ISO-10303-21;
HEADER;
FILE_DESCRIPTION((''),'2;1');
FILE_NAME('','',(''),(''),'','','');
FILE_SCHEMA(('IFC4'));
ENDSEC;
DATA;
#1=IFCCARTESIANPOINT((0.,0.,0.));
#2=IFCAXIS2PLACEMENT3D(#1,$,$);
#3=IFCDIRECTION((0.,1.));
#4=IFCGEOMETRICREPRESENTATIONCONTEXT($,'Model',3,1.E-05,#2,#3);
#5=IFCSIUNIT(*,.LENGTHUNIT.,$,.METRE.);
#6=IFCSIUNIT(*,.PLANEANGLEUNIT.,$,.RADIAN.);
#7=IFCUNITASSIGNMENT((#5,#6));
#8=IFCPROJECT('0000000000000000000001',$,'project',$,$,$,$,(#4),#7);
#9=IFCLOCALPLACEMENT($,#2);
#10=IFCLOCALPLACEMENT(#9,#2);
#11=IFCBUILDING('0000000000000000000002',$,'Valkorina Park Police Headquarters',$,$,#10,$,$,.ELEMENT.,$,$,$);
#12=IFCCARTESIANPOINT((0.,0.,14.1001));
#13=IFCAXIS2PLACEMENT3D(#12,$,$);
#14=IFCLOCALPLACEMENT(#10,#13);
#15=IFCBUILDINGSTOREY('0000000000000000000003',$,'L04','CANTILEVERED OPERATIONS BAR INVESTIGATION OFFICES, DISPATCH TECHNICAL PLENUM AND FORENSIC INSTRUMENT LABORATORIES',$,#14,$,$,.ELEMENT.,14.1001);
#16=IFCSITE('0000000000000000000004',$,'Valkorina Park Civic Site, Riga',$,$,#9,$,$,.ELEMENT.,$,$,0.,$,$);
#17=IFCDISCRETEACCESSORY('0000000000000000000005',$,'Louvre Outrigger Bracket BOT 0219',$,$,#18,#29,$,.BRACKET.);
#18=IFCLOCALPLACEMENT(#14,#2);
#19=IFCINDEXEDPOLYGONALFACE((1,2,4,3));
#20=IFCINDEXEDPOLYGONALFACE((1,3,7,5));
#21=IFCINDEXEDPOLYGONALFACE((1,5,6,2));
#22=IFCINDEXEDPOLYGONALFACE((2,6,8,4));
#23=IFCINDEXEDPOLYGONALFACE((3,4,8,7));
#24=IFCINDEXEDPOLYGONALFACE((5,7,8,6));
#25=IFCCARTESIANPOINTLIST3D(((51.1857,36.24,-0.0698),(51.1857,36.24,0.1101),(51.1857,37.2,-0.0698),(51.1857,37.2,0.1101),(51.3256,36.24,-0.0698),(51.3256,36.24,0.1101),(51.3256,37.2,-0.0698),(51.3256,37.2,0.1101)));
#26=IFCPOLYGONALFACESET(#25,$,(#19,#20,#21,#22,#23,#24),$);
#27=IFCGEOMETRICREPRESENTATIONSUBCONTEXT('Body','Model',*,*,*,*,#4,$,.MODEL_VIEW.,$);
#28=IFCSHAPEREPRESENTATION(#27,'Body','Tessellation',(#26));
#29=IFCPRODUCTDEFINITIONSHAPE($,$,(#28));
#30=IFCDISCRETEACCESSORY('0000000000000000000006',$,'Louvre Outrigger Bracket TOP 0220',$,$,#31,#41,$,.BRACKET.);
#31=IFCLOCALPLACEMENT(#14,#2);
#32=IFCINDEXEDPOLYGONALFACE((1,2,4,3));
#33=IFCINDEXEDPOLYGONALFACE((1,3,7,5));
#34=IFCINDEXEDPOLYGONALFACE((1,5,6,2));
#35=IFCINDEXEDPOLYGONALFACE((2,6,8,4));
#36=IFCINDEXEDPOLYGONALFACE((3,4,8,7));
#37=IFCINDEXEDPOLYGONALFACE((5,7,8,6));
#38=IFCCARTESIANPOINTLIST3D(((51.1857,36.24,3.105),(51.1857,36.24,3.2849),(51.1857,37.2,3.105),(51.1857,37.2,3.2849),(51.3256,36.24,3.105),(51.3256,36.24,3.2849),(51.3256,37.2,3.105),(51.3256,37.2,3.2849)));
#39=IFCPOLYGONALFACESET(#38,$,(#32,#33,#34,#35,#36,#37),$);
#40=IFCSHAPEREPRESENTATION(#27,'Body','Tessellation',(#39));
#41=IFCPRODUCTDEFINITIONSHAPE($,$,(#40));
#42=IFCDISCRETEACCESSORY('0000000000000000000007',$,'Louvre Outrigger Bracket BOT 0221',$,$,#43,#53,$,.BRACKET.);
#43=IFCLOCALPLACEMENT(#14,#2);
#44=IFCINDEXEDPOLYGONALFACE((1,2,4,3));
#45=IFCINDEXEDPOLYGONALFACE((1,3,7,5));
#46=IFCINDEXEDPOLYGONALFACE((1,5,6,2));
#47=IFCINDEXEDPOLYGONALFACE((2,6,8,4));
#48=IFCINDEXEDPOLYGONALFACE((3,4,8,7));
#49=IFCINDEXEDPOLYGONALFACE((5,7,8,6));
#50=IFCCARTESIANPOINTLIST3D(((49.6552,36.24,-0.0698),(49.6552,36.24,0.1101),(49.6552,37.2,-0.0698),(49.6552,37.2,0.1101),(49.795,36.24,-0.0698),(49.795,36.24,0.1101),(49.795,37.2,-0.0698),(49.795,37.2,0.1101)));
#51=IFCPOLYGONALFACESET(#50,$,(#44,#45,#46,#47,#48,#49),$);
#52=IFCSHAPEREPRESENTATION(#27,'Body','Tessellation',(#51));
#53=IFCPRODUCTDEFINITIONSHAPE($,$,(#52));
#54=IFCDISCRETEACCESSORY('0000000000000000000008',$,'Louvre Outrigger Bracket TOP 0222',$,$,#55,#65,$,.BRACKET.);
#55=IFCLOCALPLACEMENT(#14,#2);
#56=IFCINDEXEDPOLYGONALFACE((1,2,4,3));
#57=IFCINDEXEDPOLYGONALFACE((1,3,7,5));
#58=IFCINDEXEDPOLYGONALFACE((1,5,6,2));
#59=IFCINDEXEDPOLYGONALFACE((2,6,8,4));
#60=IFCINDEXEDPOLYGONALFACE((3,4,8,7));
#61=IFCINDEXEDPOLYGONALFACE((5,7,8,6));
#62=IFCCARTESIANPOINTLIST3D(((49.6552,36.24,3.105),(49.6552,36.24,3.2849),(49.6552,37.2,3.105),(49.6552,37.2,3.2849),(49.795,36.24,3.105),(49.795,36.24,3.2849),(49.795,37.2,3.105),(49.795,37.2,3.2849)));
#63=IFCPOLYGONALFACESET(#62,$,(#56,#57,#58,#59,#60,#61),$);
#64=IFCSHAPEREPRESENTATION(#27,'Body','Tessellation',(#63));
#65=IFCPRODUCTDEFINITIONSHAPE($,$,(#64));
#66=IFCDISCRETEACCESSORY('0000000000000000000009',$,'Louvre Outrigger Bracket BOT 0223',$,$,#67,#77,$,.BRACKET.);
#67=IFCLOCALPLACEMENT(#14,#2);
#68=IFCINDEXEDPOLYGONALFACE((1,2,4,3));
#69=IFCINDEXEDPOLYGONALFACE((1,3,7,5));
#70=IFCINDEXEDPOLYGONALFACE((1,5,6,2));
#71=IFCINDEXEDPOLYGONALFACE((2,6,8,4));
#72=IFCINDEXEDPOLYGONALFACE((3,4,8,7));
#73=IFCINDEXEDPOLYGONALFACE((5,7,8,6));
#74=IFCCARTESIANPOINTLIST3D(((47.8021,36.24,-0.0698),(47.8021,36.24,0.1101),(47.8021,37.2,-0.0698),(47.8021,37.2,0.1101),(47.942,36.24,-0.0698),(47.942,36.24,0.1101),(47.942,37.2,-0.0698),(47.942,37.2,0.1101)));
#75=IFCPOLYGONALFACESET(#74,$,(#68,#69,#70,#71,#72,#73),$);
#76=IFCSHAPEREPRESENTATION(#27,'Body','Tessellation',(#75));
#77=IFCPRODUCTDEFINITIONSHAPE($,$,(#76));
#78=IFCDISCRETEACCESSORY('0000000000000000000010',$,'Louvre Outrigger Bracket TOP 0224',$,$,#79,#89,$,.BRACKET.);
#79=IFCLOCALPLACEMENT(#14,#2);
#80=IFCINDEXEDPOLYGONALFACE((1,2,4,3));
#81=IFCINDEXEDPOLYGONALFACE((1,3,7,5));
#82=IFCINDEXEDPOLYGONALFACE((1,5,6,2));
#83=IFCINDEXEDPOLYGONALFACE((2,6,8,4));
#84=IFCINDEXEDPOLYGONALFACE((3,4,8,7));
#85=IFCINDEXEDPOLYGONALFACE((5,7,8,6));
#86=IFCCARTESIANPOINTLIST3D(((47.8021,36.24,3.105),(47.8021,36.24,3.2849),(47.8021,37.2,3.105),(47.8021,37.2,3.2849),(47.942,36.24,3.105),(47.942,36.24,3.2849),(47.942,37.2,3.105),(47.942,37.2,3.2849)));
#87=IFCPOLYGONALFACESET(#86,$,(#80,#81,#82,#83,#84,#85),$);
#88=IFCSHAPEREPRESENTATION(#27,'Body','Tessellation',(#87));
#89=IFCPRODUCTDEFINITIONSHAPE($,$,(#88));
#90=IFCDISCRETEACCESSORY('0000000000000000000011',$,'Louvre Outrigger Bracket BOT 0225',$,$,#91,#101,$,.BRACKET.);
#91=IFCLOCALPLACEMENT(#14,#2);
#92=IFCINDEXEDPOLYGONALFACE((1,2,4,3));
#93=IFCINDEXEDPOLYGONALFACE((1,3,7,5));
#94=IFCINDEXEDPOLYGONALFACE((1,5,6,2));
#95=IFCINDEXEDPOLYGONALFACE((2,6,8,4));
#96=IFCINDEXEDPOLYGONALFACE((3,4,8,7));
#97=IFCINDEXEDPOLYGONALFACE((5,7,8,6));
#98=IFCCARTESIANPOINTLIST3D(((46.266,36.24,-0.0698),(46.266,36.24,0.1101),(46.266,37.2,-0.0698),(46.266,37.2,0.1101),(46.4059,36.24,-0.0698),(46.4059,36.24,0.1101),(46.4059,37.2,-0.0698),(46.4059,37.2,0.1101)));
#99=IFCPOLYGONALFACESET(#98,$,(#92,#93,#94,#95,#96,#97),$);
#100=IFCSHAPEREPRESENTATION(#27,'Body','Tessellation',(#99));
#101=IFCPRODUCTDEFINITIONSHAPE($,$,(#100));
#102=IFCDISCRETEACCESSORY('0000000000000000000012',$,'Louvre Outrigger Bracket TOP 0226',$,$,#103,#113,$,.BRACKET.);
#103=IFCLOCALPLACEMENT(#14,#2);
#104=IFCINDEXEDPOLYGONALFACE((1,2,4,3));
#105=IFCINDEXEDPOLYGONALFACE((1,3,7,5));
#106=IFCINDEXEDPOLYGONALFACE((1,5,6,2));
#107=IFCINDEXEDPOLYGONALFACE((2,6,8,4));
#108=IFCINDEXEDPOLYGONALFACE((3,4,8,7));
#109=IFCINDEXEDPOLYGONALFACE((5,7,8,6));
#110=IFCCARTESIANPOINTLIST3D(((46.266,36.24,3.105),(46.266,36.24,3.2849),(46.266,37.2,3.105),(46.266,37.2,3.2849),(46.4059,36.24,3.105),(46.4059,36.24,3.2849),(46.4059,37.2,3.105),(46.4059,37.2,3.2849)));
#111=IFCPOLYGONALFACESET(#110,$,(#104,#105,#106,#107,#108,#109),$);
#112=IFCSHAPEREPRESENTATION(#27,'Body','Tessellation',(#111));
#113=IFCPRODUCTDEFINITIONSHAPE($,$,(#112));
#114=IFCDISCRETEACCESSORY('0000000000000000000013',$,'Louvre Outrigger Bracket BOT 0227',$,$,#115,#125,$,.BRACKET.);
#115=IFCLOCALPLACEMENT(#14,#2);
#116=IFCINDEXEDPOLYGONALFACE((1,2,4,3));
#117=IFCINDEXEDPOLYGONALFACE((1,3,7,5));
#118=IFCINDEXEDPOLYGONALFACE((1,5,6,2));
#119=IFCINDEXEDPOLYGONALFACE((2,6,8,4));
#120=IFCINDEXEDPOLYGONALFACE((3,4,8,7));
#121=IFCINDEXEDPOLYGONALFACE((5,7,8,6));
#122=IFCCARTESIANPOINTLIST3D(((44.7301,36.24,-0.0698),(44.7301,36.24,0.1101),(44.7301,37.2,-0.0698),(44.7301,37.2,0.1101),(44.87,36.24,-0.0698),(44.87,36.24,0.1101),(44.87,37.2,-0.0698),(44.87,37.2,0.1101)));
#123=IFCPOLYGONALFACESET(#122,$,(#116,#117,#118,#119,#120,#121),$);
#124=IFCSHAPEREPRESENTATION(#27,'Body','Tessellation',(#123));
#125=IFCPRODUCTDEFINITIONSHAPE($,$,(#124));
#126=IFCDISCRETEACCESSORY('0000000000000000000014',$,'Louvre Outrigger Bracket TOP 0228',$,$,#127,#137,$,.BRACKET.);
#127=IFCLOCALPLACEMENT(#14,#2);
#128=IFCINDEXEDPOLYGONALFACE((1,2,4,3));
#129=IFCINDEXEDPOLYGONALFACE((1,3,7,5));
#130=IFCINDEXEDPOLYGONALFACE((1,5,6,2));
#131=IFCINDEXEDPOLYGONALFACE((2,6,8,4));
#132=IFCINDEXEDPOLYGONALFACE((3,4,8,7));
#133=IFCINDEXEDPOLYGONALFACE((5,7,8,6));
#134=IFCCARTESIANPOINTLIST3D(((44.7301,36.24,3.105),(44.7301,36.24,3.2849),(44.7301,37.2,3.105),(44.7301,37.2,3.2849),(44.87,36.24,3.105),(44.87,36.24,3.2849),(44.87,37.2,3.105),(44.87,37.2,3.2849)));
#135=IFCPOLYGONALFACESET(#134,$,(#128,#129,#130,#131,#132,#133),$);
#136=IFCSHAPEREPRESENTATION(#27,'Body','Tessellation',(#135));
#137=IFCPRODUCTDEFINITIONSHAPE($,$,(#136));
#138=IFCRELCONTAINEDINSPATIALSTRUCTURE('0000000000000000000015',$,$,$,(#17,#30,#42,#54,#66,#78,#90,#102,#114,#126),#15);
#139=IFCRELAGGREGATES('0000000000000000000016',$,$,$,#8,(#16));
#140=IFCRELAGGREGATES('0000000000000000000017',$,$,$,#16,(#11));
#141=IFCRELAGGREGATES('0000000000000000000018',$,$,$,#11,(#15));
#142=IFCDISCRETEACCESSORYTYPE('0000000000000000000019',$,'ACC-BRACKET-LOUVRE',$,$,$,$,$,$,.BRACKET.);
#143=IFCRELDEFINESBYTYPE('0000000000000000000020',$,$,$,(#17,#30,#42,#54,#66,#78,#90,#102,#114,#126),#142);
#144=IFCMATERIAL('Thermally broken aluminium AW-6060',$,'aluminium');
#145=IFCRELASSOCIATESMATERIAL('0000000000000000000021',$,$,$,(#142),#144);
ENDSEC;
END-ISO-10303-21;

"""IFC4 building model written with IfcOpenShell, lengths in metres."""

from ifc_helpers import new_model, si_unit, direction, frame, origin, origin_2d, place, context, subcontext, project, spatial, rectangle, extrude, material, type_object, element, save


model = new_model("IFC4")

# Units and contexts
model_context = context("Model", 3, precision=1e-05, world=origin(), true_north=direction((0.0, 1.0)))
body_context = subcontext(model_context, "Body", "Model", "MODEL_VIEW")
ifc_project = project(units=[si_unit("LENGTHUNIT", "METRE"), si_unit("PLANEANGLEUNIT", "RADIAN")], contexts=[model_context])

# Site, building, storey
site_placement = place(None, origin())
site = spatial("IfcSite", under=ifc_project, at=site_placement, Name="Valkorina Park Civic Site, Riga", CompositionType="ELEMENT", RefElevation=0.0)
building_placement = place(site_placement, origin())
building = spatial("IfcBuilding", under=site, at=building_placement, Name="Valkorina Park Police Headquarters", CompositionType="ELEMENT")
storey_placement = place(building_placement, frame((0.0, 0.0, 14.1001)))
storey = spatial("IfcBuildingStorey", under=building, at=storey_placement, Name="L04", Description="CANTILEVERED OPERATIONS BAR INVESTIGATION OFFICES, DISPATCH TECHNICAL PLENUM AND FORENSIC INSTRUMENT LABORATORIES", CompositionType="ELEMENT", Elevation=14.1001)

# Shared definitions
ifc_material_1 = material(Name="Thermally broken aluminium AW-6060", Category="aluminium")

# Discrete accessories
discrete_accessory_type = type_object("IfcDiscreteAccessoryType", Name="ACC-BRACKET-LOUVRE", PredefinedType="BRACKET", material=ifc_material_1)
for number, where, z_axis, x_axis, name in (
    (1, (51.2556, 36.72, -0.0698), (0.0, 0.0, 1.0), (0.0, -1.0, 0.0), "Louvre Outrigger Bracket BOT 0219"),
    (2, (51.2556, 36.72, 3.105), (0.0, 0.0, 1.0), (0.0, -1.0, 0.0), "Louvre Outrigger Bracket TOP 0220"),
    (3, (49.7251, 36.72, -0.0698), (0.0, 0.0, 1.0), (0.0, -1.0, 0.0), "Louvre Outrigger Bracket BOT 0221"),
    (4, (49.7251, 36.72, 3.105), (0.0, 0.0, 1.0), (0.0, -1.0, 0.0), "Louvre Outrigger Bracket TOP 0222"),
    (5, (47.8721, 36.72, -0.0698), (0.0, 0.0, 1.0), (0.0, -1.0, 0.0), "Louvre Outrigger Bracket BOT 0223"),
    (6, (47.8721, 36.72, 3.105), (0.0, 0.0, 1.0), (0.0, -1.0, 0.0), "Louvre Outrigger Bracket TOP 0224"),
    (7, (46.3359, 36.72, -0.0698), (0.0, 0.0, 1.0), (0.0, -1.0, 0.0), "Louvre Outrigger Bracket BOT 0225"),
    (8, (46.3359, 36.72, 3.105), (0.0, 0.0, 1.0), (0.0, -1.0, 0.0), "Louvre Outrigger Bracket TOP 0226"),
    (9, (44.8, 36.72, -0.0698), (0.0, 0.0, 1.0), (0.0, -1.0, 0.0), "Louvre Outrigger Bracket BOT 0227"),
    (10, (44.8, 36.72, 3.105), (0.0, 0.0, 1.0), (0.0, -1.0, 0.0), "Louvre Outrigger Bracket TOP 0228"),
):
    element("IfcDiscreteAccessory", number, at=place(storey_placement, frame(where, z_axis=z_axis, x_axis=x_axis)), inside=storey, type_object=discrete_accessory_type, Name=name, PredefinedType="BRACKET", context=body_context, shape_type="SweptSolid", body=[
        extrude(rectangle(XDim=0.96, YDim=0.1399, at=origin_2d()), origin(), (0.0, 0.0, 1.0), 0.1799),
    ])

save(model, "model.ifc")
